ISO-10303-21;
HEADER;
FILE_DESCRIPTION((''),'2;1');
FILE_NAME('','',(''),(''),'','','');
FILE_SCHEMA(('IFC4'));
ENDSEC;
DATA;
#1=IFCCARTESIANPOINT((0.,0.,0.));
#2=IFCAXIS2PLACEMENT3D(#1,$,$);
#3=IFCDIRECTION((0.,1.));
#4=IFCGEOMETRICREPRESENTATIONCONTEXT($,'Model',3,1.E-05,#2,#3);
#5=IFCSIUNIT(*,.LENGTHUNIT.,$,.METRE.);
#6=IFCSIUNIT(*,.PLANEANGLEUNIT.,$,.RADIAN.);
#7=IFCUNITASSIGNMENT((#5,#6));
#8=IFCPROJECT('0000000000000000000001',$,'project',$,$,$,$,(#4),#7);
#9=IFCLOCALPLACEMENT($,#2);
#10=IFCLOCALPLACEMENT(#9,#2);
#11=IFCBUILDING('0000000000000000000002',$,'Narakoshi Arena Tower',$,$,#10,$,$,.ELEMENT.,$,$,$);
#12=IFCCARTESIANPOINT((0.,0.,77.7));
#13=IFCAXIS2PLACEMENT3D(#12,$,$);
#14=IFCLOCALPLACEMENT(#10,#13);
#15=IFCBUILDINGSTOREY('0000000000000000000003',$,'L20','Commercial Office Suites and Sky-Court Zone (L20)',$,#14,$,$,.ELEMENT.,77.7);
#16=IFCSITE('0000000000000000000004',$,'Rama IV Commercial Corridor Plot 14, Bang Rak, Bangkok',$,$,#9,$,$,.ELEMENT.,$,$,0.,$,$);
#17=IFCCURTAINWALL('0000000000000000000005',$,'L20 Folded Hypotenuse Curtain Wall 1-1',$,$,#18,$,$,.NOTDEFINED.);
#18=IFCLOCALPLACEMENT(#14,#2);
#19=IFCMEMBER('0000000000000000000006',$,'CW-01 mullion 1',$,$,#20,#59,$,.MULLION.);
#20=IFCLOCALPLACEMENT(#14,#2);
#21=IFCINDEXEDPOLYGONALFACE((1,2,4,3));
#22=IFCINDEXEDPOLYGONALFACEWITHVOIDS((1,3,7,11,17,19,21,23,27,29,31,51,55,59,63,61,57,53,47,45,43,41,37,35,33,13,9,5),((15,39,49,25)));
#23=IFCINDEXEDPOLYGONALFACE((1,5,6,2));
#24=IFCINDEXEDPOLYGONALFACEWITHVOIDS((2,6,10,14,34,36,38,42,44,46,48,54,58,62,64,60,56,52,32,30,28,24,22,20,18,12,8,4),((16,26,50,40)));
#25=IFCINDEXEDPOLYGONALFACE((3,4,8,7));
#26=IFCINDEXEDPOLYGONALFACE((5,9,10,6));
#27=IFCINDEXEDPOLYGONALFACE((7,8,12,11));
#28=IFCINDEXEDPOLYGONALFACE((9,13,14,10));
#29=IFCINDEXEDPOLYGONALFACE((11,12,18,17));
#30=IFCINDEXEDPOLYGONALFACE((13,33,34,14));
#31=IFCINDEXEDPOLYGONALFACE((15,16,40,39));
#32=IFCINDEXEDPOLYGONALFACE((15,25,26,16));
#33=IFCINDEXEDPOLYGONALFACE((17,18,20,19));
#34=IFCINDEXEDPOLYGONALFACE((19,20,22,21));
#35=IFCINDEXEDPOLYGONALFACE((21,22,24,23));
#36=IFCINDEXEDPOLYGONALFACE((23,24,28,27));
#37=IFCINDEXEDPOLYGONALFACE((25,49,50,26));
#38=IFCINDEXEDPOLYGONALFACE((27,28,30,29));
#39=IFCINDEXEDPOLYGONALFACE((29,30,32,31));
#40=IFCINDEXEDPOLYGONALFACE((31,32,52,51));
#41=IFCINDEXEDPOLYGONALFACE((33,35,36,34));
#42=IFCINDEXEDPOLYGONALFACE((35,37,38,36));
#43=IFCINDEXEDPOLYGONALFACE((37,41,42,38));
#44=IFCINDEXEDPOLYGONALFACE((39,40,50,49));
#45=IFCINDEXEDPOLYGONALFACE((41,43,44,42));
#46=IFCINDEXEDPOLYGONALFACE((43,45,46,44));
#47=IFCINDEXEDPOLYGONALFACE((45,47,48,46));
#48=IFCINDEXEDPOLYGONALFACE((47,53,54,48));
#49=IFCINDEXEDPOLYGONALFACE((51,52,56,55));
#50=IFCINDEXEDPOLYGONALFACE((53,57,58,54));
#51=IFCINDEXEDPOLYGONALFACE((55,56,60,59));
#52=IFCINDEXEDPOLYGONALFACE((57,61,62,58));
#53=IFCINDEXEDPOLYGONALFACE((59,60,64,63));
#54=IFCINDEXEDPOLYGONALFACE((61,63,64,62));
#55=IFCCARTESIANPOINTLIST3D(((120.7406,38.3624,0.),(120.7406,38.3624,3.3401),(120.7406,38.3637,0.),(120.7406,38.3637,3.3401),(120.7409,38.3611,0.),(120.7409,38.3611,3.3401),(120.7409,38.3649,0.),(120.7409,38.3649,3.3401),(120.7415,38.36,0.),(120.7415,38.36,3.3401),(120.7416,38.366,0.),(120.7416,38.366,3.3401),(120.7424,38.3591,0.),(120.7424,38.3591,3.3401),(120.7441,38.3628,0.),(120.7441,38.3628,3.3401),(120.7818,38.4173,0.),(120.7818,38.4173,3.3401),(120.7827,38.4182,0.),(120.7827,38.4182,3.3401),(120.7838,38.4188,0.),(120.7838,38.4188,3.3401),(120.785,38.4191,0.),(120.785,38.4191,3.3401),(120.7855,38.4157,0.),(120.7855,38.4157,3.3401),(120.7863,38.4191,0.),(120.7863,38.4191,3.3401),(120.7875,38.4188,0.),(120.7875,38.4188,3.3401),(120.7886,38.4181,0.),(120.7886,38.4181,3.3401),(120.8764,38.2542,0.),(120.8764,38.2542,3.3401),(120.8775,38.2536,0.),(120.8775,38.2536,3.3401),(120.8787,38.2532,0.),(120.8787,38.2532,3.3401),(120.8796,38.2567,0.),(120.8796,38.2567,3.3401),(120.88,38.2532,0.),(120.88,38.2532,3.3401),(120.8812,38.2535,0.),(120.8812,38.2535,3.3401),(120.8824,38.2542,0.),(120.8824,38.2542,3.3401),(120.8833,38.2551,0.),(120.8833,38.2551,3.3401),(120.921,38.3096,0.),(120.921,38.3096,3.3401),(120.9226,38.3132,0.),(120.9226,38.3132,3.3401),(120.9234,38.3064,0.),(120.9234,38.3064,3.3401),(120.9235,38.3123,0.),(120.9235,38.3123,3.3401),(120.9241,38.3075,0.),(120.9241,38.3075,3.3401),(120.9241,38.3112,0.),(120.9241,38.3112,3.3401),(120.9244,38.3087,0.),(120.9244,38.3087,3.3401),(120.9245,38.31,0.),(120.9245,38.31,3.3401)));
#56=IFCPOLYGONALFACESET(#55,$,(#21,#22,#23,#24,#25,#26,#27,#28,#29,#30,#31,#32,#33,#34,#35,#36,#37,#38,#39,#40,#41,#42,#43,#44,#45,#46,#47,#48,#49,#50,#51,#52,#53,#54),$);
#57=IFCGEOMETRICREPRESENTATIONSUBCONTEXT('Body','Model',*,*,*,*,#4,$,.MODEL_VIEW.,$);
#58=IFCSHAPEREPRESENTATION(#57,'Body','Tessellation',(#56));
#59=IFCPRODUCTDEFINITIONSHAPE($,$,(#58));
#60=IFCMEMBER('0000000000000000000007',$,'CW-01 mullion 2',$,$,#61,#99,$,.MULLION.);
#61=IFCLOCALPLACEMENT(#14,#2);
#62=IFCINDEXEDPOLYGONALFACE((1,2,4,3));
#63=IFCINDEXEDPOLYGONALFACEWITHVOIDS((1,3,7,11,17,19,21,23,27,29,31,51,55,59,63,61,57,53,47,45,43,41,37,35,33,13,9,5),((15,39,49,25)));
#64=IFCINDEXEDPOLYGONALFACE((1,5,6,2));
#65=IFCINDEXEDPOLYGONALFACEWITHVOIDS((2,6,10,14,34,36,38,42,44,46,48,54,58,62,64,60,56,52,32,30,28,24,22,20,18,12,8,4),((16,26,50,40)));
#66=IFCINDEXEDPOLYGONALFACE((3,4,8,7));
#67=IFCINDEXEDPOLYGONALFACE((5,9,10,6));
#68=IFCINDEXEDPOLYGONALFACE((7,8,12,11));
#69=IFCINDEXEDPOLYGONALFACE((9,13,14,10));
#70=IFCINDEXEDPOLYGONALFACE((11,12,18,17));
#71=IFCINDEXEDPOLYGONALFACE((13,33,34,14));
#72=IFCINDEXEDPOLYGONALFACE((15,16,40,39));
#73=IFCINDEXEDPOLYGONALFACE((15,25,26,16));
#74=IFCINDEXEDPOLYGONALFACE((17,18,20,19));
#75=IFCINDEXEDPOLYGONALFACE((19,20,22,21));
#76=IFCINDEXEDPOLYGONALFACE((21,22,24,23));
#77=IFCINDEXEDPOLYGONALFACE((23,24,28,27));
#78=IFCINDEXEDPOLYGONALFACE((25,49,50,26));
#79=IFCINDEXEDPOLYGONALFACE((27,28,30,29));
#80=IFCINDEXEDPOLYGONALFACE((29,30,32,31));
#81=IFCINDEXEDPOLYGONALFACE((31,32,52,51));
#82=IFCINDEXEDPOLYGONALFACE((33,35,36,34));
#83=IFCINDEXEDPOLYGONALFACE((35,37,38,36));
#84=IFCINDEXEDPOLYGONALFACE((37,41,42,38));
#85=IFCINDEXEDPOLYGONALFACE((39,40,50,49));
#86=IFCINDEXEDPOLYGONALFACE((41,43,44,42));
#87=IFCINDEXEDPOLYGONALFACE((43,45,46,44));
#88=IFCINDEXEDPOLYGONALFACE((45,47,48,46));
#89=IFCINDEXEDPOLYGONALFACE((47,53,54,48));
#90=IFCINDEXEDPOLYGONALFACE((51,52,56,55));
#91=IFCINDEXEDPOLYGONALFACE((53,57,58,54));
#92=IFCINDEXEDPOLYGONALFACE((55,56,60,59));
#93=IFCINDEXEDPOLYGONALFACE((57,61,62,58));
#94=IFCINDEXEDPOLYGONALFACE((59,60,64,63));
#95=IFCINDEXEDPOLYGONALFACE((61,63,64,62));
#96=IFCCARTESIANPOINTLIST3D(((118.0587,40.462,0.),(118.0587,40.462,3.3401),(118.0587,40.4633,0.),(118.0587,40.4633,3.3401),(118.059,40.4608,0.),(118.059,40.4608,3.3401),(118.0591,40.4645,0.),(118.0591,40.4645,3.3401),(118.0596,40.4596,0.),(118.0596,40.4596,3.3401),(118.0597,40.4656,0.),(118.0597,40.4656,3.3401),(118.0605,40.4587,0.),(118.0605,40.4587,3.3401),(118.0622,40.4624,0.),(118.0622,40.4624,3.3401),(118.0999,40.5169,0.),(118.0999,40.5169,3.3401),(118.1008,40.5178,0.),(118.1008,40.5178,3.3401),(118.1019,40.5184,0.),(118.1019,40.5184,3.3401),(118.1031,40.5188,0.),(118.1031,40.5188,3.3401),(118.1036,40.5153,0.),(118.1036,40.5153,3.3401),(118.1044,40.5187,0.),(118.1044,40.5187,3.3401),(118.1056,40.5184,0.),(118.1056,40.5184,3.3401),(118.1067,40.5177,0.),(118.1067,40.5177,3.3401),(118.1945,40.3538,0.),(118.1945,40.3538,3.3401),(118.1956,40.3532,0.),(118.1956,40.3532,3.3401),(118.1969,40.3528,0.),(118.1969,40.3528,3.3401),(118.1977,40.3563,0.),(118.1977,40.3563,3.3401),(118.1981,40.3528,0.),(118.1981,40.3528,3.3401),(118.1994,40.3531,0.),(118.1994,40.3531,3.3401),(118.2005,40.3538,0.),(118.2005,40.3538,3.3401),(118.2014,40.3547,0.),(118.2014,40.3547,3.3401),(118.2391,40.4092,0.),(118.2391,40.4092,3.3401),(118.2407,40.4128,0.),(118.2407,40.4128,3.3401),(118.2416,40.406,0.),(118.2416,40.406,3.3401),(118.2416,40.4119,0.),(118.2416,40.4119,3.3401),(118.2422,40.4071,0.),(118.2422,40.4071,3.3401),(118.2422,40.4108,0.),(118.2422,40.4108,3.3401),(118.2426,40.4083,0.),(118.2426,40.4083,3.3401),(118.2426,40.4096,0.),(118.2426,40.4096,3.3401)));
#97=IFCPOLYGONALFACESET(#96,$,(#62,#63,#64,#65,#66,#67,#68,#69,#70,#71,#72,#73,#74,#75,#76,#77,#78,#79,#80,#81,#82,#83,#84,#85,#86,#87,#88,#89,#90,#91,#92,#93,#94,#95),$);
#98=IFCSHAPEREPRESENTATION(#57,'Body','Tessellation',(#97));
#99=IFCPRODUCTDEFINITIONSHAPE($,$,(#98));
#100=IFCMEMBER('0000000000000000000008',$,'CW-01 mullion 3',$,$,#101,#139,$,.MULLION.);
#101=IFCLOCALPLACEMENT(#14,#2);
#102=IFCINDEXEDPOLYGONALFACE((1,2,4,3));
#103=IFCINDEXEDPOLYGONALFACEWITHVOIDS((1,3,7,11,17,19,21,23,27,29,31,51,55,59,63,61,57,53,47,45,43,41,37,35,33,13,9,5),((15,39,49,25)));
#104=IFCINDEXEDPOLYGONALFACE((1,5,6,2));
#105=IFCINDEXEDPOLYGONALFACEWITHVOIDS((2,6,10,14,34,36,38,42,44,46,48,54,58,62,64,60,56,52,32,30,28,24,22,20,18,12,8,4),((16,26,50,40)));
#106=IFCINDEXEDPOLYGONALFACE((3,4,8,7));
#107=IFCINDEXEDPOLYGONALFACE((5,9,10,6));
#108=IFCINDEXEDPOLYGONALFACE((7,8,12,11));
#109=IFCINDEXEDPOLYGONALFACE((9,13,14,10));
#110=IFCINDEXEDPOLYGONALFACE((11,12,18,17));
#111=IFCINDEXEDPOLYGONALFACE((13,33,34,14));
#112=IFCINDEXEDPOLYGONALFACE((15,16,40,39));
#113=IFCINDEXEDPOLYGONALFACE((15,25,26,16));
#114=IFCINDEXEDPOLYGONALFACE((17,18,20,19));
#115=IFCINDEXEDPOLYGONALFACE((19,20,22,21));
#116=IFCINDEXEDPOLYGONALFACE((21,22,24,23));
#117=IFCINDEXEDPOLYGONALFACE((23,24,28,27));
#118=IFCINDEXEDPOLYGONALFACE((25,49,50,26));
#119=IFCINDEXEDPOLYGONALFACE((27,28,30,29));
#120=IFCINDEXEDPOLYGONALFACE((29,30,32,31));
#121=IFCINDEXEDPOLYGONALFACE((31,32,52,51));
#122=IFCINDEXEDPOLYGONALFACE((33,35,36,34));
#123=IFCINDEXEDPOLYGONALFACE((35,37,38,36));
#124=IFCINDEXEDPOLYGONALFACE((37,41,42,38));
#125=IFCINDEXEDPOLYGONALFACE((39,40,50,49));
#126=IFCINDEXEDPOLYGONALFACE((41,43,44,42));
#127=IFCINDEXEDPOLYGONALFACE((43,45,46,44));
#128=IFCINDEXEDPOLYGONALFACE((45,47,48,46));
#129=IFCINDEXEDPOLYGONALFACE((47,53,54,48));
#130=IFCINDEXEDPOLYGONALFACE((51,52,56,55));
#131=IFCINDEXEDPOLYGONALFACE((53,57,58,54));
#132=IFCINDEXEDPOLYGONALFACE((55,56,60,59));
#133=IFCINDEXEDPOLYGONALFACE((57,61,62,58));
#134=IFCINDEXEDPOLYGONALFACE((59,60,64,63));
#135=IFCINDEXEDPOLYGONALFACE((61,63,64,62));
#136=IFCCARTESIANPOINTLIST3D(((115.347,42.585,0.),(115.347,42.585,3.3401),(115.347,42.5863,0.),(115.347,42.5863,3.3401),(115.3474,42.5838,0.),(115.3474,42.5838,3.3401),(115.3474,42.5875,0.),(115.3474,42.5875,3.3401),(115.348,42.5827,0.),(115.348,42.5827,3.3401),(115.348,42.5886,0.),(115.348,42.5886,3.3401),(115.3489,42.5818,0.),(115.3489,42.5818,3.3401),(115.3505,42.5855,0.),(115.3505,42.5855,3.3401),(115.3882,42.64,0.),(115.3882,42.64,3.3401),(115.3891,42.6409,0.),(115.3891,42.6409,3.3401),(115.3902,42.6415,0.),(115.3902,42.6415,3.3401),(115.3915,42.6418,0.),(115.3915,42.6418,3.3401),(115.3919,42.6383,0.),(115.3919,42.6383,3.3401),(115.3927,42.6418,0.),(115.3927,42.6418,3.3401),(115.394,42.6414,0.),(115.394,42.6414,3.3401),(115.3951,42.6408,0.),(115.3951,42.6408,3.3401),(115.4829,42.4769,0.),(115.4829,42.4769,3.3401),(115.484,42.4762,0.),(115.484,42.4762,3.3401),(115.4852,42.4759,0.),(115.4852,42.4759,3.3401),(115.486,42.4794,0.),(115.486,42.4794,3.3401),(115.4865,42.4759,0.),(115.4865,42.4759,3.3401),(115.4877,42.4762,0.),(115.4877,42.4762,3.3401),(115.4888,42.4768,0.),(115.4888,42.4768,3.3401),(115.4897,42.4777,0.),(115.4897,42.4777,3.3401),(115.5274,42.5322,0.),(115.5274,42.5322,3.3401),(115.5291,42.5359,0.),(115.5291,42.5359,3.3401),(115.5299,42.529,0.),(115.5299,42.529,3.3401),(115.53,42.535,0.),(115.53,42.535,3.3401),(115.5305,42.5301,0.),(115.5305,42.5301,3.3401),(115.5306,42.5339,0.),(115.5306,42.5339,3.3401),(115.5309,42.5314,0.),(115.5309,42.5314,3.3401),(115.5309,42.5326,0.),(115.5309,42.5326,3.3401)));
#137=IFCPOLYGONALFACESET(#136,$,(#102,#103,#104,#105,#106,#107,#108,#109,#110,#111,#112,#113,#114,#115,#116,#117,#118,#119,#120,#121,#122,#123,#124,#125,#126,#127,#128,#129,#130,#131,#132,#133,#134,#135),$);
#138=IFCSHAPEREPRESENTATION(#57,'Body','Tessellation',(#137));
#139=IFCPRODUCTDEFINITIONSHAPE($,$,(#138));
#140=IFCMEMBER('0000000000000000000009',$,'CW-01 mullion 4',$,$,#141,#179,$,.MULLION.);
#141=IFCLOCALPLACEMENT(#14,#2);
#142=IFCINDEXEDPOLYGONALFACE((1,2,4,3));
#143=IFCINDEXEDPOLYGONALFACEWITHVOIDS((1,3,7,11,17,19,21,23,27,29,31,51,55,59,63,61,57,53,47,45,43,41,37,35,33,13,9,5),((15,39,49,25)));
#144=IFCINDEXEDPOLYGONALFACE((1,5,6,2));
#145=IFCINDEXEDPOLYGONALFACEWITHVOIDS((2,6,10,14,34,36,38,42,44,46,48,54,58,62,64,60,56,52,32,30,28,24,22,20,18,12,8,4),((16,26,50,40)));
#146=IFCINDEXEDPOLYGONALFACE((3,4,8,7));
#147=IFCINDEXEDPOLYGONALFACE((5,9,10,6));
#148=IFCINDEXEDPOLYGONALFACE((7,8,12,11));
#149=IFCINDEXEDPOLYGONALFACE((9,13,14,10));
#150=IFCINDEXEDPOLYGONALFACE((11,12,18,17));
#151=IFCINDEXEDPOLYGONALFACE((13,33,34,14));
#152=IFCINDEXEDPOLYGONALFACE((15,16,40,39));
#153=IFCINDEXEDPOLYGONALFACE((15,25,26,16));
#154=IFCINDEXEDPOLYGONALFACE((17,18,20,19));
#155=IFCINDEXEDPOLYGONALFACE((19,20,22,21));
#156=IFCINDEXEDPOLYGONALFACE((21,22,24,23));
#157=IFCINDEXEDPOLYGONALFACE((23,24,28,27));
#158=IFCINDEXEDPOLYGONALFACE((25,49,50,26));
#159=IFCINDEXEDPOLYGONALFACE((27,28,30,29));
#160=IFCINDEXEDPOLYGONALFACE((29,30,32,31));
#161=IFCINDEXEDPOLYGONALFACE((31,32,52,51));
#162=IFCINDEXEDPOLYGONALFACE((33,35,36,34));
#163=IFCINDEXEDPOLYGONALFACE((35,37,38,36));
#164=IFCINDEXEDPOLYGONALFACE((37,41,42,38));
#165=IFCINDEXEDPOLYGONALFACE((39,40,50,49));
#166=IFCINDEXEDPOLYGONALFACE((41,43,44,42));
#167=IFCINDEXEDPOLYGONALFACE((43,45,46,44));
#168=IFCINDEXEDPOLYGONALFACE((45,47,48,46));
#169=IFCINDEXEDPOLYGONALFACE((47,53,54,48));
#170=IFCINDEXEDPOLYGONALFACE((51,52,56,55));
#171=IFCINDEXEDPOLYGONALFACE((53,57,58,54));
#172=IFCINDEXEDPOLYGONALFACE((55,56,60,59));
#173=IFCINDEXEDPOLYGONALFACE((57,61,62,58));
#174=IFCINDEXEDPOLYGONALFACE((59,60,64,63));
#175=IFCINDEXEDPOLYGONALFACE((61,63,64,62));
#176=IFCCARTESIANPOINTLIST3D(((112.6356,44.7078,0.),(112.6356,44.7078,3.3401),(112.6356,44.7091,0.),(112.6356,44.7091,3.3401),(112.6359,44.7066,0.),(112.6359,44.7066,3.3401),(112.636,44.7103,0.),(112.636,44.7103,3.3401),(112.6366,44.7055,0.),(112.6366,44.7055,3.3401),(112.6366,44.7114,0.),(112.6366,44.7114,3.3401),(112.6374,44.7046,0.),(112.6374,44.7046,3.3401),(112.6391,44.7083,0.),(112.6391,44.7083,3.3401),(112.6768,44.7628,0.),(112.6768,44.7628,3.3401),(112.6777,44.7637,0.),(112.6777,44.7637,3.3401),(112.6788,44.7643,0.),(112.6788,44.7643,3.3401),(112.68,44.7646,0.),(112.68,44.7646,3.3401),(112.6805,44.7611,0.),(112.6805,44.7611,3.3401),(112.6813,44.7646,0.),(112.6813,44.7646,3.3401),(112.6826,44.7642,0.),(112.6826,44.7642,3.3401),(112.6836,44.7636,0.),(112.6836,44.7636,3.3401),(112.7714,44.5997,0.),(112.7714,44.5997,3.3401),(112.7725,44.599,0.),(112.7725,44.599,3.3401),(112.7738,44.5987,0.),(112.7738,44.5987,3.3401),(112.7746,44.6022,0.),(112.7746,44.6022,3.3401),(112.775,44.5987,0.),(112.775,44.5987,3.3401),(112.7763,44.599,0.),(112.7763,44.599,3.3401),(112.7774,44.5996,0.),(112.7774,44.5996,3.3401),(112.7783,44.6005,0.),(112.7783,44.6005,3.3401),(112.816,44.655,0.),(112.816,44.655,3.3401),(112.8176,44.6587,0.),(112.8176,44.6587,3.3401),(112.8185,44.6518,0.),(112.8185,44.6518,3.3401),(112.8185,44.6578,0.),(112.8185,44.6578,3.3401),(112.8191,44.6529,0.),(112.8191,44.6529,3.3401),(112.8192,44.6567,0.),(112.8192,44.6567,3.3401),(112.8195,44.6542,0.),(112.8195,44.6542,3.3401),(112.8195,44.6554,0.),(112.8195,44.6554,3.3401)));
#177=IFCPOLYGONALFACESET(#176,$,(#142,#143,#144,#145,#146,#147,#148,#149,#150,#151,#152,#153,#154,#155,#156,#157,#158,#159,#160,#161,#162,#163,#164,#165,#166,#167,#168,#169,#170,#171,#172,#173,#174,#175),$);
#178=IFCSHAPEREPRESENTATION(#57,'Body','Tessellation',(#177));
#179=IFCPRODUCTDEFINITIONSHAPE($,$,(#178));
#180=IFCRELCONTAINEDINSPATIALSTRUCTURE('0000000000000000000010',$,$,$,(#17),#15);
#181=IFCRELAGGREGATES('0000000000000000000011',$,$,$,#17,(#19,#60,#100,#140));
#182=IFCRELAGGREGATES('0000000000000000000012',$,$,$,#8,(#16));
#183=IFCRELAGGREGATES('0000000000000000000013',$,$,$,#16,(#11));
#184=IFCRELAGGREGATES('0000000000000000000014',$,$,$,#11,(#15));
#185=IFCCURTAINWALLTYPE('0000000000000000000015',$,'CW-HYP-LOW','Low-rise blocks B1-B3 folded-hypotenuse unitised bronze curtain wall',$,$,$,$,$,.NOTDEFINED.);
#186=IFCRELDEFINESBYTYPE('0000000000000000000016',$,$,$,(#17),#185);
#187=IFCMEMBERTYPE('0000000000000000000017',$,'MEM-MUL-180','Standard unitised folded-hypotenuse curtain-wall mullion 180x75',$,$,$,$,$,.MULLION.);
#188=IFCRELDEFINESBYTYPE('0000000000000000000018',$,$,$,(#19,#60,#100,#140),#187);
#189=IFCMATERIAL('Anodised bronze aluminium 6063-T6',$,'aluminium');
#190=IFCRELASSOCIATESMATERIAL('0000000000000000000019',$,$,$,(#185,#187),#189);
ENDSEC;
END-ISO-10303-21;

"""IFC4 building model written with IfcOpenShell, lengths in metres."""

from ifc_helpers import new_model, si_unit, direction, frame, origin, origin_2d, place, context, subcontext, project, spatial, hollow_rectangle, extrude, material, material_profile, profile_set, type_object, element, aggregate, save


model = new_model("IFC4")

# Units and contexts
model_context = context("Model", 3, precision=1e-05, world=origin(), true_north=direction((0.0, 1.0)))
body_context = subcontext(model_context, "Body", "Model", "MODEL_VIEW")
ifc_project = project(units=[si_unit("LENGTHUNIT", "METRE"), si_unit("PLANEANGLEUNIT", "RADIAN")], contexts=[model_context])

# Site, building, storey
site_placement = place(None, origin())
site = spatial("IfcSite", under=ifc_project, at=site_placement, Name="Rama IV Commercial Corridor Plot 14, Bang Rak, Bangkok", CompositionType="ELEMENT", RefElevation=0.0)
building_placement = place(site_placement, origin())
building = spatial("IfcBuilding", under=site, at=building_placement, Name="Narakoshi Arena Tower", CompositionType="ELEMENT")
storey_placement = place(building_placement, frame((0.0, 0.0, 77.7)))
storey = spatial("IfcBuildingStorey", under=building, at=storey_placement, Name="L20", Description="Commercial Office Suites and Sky-Court Zone (L20)", CompositionType="ELEMENT", Elevation=77.7)

# Curtain wall, members
ifc_material_1 = material(Name="Anodised bronze aluminium 6063-T6", Category="aluminium")
curtain_wall_type = type_object("IfcCurtainWallType", Name="CW-HYP-LOW", Description="Low-rise blocks B1-B3 folded-hypotenuse unitised bronze curtain wall", PredefinedType="NOTDEFINED", material=ifc_material_1)
curtain_wall_placement = place(storey_placement, origin())
curtain_wall = element("IfcCurtainWall", 1, at=curtain_wall_placement, inside=storey, type_object=curtain_wall_type, Name="L20 Folded Hypotenuse Curtain Wall 1-1", PredefinedType="NOTDEFINED")
ifc_material_profile_1 = material_profile(ifc_material_1, hollow_rectangle(XDim=0.075, YDim=0.1799, WallThickness=0.0039, OuterFilletRadius=0.0049, at=origin_2d()), Name="MUL180x75x4")
ifc_profile_set_1 = profile_set([ifc_material_profile_1], Name="Anodised bronze aluminium 6063-T6")
member_type_1 = type_object("IfcMemberType", Name="MEM-MUL-180", Description="Standard unitised folded-hypotenuse curtain-wall mullion 180x75", PredefinedType="MULLION", material=ifc_profile_set_1)
member_1_placement = place(storey_placement, frame((120.8325, 38.3362, 0.0), z_axis=(0.0, 0.0, 1.0), x_axis=(-0.616458, -0.787388, 0.0)))
member_1 = element("IfcMember", 2, at=member_1_placement, type_object=member_type_1, Name="CW-01 mullion 1", PredefinedType="MULLION", context=body_context, shape_type="SweptSolid", body=[
    extrude(hollow_rectangle(XDim=0.075, YDim=0.1799, WallThickness=0.0039, OuterFilletRadius=0.0049, at=origin_2d()), origin(), (0.0, 0.0, 1.0), 3.3401),
])
member_2_placement = place(storey_placement, frame((118.1506, 40.4358, 0.0), z_axis=(0.0, 0.0, 1.0), x_axis=(-0.616458, -0.787388, 0.0)))
member_2 = element("IfcMember", 3, at=member_2_placement, type_object=member_type_1, Name="CW-01 mullion 2", PredefinedType="MULLION", context=body_context, shape_type="SweptSolid", body=[
    extrude(hollow_rectangle(XDim=0.075, YDim=0.1799, WallThickness=0.0039, OuterFilletRadius=0.0049, at=origin_2d()), origin(), (0.0, 0.0, 1.0), 3.3401),
])
member_3_placement = place(storey_placement, frame((115.439, 42.5588, 0.0), z_axis=(0.0, 0.0, 1.0), x_axis=(-0.616458, -0.787388, 0.0)))
member_3 = element("IfcMember", 4, at=member_3_placement, type_object=member_type_1, Name="CW-01 mullion 3", PredefinedType="MULLION", context=body_context, shape_type="SweptSolid", body=[
    extrude(hollow_rectangle(XDim=0.075, YDim=0.1799, WallThickness=0.0039, OuterFilletRadius=0.0049, at=origin_2d()), origin(), (0.0, 0.0, 1.0), 3.3401),
])
member_4_placement = place(storey_placement, frame((112.7275, 44.6816, 0.0), z_axis=(0.0, 0.0, 1.0), x_axis=(-0.616458, -0.787388, 0.0)))
member_4 = element("IfcMember", 5, at=member_4_placement, type_object=member_type_1, Name="CW-01 mullion 4", PredefinedType="MULLION", context=body_context, shape_type="SweptSolid", body=[
    extrude(hollow_rectangle(XDim=0.075, YDim=0.1799, WallThickness=0.0039, OuterFilletRadius=0.0049, at=origin_2d()), origin(), (0.0, 0.0, 1.0), 3.3401),
])
aggregate(curtain_wall, [member_1, member_2, member_3, member_4])

save(model, "model.ifc")
